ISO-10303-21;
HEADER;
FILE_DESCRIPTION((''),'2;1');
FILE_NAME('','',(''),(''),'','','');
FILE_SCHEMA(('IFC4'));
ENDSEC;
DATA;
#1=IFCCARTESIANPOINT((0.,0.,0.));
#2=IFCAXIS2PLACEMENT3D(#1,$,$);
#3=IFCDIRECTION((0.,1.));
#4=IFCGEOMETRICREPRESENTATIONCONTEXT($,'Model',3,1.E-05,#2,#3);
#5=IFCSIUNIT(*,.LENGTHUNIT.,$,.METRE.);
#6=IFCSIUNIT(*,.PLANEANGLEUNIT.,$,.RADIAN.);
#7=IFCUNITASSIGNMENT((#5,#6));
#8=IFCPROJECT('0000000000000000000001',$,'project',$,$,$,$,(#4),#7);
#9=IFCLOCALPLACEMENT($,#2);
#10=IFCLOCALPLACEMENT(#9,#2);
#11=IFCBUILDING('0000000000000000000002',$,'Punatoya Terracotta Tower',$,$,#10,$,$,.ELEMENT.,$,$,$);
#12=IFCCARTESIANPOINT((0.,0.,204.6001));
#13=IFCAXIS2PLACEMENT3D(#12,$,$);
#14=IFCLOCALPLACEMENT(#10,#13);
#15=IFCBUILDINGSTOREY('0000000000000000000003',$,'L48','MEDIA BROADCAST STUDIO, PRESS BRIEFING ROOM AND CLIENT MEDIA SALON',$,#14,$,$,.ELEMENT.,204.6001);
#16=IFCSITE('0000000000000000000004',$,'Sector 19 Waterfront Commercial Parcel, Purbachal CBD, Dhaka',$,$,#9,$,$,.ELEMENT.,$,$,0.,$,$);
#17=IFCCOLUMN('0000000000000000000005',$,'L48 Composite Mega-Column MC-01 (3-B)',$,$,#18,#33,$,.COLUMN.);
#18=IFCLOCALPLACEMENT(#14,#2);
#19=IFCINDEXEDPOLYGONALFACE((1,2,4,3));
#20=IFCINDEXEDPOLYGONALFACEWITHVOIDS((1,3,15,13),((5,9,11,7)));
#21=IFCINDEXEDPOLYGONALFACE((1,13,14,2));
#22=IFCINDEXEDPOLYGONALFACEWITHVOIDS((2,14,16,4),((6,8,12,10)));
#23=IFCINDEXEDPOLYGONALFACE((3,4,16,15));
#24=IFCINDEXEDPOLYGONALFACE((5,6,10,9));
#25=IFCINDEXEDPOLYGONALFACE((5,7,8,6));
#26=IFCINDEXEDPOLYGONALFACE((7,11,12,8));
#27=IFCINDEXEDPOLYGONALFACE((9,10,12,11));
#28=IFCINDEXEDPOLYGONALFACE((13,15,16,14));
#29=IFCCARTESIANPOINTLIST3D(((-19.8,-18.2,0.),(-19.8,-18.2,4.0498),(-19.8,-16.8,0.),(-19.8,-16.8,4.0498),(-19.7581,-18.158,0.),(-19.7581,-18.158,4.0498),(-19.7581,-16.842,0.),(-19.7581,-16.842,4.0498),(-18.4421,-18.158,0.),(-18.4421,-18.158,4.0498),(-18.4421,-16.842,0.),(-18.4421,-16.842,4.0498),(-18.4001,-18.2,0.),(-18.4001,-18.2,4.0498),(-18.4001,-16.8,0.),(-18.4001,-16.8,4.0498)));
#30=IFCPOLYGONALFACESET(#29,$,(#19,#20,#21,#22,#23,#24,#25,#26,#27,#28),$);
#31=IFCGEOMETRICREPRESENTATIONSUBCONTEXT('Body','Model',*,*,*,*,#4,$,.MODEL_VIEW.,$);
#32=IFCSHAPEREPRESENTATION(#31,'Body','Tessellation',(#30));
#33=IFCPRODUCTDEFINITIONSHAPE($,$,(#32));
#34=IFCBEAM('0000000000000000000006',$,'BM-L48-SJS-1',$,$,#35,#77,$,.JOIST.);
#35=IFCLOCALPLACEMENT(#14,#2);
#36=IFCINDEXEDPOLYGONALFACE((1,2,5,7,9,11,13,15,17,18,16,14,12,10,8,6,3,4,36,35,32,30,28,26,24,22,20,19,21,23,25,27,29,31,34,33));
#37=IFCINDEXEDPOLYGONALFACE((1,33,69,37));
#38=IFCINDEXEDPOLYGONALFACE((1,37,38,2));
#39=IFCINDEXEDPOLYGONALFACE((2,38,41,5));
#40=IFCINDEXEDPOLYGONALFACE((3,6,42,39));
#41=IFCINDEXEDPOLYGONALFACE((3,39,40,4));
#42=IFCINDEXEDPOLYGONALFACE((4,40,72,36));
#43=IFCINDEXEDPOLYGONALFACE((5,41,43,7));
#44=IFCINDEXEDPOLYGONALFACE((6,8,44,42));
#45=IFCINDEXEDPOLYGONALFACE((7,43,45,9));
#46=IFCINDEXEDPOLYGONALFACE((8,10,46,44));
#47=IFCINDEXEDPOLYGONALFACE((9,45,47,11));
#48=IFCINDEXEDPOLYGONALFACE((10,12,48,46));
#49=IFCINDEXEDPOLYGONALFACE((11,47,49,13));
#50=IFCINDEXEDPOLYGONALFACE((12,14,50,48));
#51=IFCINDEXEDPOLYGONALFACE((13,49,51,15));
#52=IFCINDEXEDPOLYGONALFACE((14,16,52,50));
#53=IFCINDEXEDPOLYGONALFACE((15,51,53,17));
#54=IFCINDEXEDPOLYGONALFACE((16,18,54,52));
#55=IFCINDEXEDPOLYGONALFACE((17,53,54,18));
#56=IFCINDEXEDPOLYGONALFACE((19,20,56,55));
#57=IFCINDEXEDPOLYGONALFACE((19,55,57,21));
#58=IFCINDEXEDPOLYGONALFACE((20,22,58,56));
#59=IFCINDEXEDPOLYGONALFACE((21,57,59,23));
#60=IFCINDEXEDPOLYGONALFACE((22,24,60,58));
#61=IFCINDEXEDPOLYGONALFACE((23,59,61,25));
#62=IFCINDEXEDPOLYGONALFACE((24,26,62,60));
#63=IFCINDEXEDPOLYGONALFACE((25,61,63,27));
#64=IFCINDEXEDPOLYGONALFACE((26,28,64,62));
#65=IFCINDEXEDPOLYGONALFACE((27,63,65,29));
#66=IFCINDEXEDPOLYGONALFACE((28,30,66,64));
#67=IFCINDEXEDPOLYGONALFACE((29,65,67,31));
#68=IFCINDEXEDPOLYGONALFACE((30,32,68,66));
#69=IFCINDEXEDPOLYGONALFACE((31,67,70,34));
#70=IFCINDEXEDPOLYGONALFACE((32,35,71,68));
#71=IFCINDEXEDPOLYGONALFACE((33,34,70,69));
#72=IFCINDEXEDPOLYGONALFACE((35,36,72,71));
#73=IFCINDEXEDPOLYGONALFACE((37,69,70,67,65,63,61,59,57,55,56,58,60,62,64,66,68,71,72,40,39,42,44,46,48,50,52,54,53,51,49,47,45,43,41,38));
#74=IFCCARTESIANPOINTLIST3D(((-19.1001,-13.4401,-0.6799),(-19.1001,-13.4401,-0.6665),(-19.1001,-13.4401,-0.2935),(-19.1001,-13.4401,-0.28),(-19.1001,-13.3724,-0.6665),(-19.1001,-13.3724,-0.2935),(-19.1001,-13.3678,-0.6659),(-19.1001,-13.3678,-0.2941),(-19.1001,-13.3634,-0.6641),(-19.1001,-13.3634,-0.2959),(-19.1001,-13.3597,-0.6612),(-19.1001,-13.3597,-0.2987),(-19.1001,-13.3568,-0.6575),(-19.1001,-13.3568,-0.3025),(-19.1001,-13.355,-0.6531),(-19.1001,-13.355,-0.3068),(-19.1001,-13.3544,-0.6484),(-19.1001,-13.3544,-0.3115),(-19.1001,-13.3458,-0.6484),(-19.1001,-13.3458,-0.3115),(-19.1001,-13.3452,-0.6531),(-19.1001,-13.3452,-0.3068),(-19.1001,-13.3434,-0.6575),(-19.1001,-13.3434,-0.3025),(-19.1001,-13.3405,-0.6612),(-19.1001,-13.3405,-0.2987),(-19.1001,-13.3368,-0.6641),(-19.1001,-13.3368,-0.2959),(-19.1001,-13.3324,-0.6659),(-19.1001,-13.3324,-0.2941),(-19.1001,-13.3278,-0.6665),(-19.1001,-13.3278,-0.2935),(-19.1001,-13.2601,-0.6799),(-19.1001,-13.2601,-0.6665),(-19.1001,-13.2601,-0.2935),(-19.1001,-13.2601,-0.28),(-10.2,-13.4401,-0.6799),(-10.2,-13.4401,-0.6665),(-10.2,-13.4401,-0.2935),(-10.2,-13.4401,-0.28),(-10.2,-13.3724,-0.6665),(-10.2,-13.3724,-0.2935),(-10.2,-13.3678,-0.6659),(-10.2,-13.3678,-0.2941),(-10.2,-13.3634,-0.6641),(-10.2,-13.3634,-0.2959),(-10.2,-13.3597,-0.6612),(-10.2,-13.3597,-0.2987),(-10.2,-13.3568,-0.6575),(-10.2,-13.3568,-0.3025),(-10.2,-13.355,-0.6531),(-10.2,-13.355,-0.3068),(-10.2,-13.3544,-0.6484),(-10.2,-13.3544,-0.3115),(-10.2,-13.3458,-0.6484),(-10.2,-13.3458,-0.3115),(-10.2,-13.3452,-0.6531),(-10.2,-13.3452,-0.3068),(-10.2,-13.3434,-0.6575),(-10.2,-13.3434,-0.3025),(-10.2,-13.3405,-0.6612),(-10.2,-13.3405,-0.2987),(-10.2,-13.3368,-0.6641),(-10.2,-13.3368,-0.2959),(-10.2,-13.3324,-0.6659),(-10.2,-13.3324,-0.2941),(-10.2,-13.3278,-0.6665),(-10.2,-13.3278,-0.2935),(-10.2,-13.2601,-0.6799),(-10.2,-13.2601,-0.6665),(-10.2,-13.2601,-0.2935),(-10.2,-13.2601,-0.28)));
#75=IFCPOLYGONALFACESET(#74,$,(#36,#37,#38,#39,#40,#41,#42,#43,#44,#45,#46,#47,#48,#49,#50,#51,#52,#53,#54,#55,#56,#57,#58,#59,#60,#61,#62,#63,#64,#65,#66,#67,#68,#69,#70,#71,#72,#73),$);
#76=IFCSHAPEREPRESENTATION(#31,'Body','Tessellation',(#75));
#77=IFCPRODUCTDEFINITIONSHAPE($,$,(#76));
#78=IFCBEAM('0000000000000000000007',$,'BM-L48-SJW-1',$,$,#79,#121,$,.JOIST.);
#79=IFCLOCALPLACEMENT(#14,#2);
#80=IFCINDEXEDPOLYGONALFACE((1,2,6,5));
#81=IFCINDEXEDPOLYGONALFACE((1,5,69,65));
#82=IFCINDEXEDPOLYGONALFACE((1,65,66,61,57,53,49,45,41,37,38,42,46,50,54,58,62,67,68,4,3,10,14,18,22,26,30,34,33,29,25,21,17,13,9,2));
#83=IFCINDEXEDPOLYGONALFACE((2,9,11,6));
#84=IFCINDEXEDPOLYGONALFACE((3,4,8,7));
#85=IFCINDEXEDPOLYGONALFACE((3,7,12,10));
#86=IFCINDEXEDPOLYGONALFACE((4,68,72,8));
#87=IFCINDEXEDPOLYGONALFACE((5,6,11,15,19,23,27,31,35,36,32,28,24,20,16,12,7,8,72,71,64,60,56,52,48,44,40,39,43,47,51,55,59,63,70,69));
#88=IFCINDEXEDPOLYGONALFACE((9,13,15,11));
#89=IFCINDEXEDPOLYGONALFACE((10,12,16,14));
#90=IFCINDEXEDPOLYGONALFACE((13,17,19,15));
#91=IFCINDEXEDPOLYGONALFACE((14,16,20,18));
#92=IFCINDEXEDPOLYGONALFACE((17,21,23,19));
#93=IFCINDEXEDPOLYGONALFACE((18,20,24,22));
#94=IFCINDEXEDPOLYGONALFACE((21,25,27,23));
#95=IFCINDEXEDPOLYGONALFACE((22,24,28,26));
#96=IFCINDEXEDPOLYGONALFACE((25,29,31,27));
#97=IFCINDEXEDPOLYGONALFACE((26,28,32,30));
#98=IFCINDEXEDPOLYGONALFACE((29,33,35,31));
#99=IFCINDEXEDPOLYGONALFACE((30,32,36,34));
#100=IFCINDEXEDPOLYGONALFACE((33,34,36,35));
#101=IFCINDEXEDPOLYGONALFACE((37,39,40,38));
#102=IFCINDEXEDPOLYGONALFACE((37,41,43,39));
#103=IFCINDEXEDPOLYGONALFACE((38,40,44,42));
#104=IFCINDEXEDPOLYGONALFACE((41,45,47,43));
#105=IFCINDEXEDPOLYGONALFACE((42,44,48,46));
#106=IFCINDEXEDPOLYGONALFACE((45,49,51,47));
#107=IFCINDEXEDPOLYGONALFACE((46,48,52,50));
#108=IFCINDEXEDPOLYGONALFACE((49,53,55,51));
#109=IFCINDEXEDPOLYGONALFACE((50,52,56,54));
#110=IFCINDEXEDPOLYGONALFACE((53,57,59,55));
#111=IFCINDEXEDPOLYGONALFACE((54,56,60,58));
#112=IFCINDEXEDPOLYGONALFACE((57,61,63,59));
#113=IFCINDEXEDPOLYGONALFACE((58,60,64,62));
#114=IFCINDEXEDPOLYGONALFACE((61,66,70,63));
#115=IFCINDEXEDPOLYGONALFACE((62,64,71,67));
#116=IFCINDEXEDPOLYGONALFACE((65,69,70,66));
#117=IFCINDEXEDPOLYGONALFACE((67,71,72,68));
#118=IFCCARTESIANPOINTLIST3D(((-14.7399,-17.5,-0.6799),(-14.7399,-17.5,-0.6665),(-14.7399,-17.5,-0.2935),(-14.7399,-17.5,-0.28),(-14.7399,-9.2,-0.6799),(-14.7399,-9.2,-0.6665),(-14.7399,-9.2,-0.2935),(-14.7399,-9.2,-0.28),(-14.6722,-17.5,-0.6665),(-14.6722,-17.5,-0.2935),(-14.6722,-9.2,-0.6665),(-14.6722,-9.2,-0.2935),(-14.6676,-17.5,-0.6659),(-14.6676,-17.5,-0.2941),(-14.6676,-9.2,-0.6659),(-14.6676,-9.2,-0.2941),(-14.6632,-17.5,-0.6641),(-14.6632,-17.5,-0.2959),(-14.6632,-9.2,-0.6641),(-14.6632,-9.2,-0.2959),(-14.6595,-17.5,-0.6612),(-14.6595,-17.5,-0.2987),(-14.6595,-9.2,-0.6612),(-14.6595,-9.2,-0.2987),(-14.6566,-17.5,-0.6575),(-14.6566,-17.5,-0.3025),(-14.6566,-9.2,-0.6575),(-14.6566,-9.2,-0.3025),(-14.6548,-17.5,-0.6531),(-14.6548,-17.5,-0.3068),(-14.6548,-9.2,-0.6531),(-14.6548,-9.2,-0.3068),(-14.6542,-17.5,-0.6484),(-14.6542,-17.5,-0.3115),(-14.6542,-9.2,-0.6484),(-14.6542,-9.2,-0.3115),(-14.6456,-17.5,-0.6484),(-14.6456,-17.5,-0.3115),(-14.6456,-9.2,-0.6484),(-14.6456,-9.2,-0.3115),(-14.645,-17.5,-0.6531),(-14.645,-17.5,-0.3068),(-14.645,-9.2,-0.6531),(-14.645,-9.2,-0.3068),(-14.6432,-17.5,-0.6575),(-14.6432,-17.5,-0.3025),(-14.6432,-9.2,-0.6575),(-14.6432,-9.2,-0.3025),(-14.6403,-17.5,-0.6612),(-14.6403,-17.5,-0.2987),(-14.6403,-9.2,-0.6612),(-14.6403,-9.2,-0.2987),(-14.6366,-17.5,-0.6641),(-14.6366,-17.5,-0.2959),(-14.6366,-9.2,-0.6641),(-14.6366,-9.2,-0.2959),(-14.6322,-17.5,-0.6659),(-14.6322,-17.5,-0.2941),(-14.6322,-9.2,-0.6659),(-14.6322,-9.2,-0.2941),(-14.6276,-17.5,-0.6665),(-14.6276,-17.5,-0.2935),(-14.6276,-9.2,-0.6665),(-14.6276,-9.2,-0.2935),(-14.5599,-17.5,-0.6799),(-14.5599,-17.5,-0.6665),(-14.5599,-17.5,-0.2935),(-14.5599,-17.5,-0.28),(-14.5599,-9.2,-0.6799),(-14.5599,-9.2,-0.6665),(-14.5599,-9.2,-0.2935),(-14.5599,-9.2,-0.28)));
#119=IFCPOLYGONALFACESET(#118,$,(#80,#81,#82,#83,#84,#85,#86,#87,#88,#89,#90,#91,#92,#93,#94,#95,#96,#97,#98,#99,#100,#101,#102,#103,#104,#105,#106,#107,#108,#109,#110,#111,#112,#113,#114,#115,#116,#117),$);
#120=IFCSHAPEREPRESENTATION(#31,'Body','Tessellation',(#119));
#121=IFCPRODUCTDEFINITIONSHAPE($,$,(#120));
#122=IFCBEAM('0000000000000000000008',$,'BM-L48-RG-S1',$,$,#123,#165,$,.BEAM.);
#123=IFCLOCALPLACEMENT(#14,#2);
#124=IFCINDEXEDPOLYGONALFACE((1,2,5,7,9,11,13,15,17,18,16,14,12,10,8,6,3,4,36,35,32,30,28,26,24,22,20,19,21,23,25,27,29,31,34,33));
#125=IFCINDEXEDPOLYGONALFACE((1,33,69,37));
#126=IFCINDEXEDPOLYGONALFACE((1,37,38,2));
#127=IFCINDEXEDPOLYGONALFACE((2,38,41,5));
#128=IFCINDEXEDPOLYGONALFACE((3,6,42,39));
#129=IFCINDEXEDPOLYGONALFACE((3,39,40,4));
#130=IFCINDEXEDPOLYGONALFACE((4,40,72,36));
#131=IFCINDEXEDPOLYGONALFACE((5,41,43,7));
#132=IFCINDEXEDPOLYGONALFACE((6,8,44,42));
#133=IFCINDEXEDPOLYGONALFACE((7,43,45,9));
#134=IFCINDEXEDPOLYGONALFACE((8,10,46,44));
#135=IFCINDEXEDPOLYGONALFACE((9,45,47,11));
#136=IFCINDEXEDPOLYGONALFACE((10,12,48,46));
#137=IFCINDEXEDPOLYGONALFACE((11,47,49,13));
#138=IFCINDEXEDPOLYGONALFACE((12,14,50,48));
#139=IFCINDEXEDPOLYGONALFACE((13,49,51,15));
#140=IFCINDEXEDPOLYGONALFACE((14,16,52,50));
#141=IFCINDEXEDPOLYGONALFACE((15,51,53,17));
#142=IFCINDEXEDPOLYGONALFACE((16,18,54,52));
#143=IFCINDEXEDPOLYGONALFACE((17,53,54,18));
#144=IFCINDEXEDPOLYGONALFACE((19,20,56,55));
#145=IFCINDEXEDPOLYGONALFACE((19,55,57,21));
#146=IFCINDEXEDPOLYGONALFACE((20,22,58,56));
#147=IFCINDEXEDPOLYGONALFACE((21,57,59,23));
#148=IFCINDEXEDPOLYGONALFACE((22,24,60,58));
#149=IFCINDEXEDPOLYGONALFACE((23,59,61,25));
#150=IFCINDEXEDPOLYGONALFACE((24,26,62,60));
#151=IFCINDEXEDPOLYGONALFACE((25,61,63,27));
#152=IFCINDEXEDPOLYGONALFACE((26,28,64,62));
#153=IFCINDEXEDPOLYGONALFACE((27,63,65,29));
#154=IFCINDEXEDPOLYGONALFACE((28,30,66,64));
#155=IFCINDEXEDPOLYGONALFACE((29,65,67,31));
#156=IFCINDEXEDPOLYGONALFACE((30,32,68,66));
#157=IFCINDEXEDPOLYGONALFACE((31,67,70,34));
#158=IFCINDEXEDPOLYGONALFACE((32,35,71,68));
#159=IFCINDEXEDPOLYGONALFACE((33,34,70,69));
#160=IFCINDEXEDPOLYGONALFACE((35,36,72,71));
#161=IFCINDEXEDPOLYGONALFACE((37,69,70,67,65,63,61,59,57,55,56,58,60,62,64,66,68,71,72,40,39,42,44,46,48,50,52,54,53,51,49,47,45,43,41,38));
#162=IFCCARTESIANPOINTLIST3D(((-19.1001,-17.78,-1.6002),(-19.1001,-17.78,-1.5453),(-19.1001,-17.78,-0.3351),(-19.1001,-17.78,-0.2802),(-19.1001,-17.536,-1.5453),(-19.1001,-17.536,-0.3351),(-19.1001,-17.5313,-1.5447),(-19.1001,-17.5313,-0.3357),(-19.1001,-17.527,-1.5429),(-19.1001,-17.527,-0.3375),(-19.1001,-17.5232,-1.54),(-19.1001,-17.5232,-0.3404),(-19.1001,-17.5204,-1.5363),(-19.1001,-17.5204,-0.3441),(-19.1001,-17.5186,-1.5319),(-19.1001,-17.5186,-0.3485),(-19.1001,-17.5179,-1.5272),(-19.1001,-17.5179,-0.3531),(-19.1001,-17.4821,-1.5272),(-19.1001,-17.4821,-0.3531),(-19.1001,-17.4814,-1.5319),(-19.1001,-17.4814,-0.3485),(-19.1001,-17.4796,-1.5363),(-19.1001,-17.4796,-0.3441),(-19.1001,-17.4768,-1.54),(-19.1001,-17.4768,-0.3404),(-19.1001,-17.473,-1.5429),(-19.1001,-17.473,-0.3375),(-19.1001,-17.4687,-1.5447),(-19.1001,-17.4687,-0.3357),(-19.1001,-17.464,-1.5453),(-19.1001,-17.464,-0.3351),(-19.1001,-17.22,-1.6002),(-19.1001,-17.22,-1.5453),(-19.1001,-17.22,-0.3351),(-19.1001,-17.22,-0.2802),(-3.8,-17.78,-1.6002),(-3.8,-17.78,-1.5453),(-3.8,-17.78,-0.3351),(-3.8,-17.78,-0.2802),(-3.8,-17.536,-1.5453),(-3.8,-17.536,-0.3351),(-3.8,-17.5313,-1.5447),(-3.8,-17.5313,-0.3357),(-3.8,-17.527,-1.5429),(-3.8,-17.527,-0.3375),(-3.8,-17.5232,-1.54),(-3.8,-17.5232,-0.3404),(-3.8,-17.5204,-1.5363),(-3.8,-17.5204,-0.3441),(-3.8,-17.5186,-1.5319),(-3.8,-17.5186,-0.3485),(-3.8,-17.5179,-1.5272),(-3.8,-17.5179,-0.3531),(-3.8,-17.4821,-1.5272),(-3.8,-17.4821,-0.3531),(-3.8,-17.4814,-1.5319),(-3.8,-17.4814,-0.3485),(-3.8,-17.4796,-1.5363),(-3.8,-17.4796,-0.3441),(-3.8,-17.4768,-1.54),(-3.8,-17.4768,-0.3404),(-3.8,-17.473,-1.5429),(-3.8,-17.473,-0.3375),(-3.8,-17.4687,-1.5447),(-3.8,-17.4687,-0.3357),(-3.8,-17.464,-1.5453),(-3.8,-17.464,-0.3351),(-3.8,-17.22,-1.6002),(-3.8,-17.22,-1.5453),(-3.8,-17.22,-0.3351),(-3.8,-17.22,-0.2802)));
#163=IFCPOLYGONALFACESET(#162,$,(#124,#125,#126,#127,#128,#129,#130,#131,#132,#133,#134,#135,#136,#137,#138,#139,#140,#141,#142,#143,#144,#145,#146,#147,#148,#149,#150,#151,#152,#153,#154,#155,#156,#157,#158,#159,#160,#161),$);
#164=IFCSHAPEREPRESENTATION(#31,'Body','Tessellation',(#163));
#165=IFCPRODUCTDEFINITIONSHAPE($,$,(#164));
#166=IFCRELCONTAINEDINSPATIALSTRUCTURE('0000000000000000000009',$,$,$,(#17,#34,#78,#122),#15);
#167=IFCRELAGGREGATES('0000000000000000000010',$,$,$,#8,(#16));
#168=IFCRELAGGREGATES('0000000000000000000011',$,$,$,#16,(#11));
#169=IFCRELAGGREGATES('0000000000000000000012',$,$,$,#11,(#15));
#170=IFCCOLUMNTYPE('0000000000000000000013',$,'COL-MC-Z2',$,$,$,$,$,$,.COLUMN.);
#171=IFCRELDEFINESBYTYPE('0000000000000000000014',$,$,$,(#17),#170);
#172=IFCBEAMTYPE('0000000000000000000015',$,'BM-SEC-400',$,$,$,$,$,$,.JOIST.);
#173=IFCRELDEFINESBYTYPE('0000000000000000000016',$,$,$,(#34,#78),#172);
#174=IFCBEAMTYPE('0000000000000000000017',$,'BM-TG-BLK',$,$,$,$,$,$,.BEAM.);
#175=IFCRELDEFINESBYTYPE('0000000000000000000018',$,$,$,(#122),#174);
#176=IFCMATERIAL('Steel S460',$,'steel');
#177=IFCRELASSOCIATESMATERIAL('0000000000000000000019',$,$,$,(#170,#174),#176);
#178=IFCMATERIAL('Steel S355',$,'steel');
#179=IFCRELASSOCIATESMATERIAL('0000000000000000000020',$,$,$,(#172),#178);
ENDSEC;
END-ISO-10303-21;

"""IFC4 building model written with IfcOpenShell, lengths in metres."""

from ifc_helpers import new_model, si_unit, direction, frame, origin, origin_2d, place, context, subcontext, project, spatial, hollow_rectangle, i_section, extrude, material, material_profile, profile_set, type_object, element, save


model = new_model("IFC4")

# Units and contexts
model_context = context("Model", 3, precision=1e-05, world=origin(), true_north=direction((0.0, 1.0)))
body_context = subcontext(model_context, "Body", "Model", "MODEL_VIEW")
ifc_project = project(units=[si_unit("LENGTHUNIT", "METRE"), si_unit("PLANEANGLEUNIT", "RADIAN")], contexts=[model_context])

# Site, building, storey
site_placement = place(None, origin())
site = spatial("IfcSite", under=ifc_project, at=site_placement, Name="Sector 19 Waterfront Commercial Parcel, Purbachal CBD, Dhaka", CompositionType="ELEMENT", RefElevation=0.0)
building_placement = place(site_placement, origin())
building = spatial("IfcBuilding", under=site, at=building_placement, Name="Punatoya Terracotta Tower", CompositionType="ELEMENT")
storey_placement = place(building_placement, frame((0.0, 0.0, 204.6001)))
storey = spatial("IfcBuildingStorey", under=building, at=storey_placement, Name="L48", Description="MEDIA BROADCAST STUDIO, PRESS BRIEFING ROOM AND CLIENT MEDIA SALON", CompositionType="ELEMENT", Elevation=204.6001)

# Column
ifc_material_1 = material(Name="Steel S460", Category="steel")
ifc_material_profile_1 = material_profile(ifc_material_1, hollow_rectangle(XDim=1.3999, YDim=1.3999, WallThickness=0.042, at=origin_2d()))
ifc_profile_set_1 = profile_set([ifc_material_profile_1], Name="Steel S460")
column_type = type_object("IfcColumnType", Name="COL-MC-Z2", PredefinedType="COLUMN", material=ifc_profile_set_1)
column_placement = place(storey_placement, frame((-19.1001, -17.5, 0.0), z_axis=(0.0, 0.0, 1.0), x_axis=(1.0, 0.0, 0.0)))
element("IfcColumn", 1, at=column_placement, inside=storey, type_object=column_type, Name="L48 Composite Mega-Column MC-01 (3-B)", PredefinedType="COLUMN", context=body_context, shape_type="SweptSolid", body=[
    extrude(hollow_rectangle(XDim=1.3999, YDim=1.3999, WallThickness=0.042, at=origin_2d()), origin(), (0.0, 0.0, 1.0), 4.0498),
])

# Beams
ifc_material_2 = material(Name="Steel S355", Category="steel")
ifc_material_profile_2 = material_profile(ifc_material_2, i_section(OverallWidth=0.1799, OverallDepth=0.3999, WebThickness=0.0085, FlangeThickness=0.0134, FilletRadius=0.0181, at=origin_2d()))
ifc_profile_set_2 = profile_set([ifc_material_profile_2], Name="Steel S355")
beam_type_1 = type_object("IfcBeamType", Name="BM-SEC-400", PredefinedType="JOIST", material=ifc_profile_set_2)
beam_1_placement = place(storey_placement, frame((-19.1001, -13.3501, -0.48), z_axis=(1.0, 0.0, 0.0), x_axis=(0.0, 1.0, 0.0)))
element("IfcBeam", 2, at=beam_1_placement, inside=storey, type_object=beam_type_1, Name="BM-L48-SJS-1", PredefinedType="JOIST", context=body_context, shape_type="SweptSolid", body=[
    extrude(i_section(OverallWidth=0.1799, OverallDepth=0.3999, WebThickness=0.0085, FlangeThickness=0.0134, FilletRadius=0.0181, at=origin_2d()), origin(), (0.0, 0.0, 1.0), 8.9001),
])
beam_2_placement = place(storey_placement, frame((-14.6499, -17.5, -0.48), z_axis=(0.0, 1.0, 0.0), x_axis=(-1.0, 0.0, 0.0)))
element("IfcBeam", 3, at=beam_2_placement, inside=storey, type_object=beam_type_1, Name="BM-L48-SJW-1", PredefinedType="JOIST", context=body_context, shape_type="SweptSolid", body=[
    extrude(i_section(OverallWidth=0.1799, OverallDepth=0.3999, WebThickness=0.0085, FlangeThickness=0.0134, FilletRadius=0.0181, at=origin_2d()), origin(), (0.0, 0.0, 1.0), 8.3),
])
ifc_material_profile_3 = material_profile(ifc_material_1, i_section(OverallWidth=0.5601, OverallDepth=1.3201, WebThickness=0.0359, FlangeThickness=0.0549, FilletRadius=0.0181, at=origin_2d()))
ifc_profile_set_3 = profile_set([ifc_material_profile_3], Name="Steel S460")
beam_type_2 = type_object("IfcBeamType", Name="BM-TG-BLK", PredefinedType="BEAM", material=ifc_profile_set_3)
beam_3_placement = place(storey_placement, frame((-19.1001, -17.5, -0.9402), z_axis=(1.0, 0.0, 0.0), x_axis=(0.0, 1.0, 0.0)))
element("IfcBeam", 4, at=beam_3_placement, inside=storey, type_object=beam_type_2, Name="BM-L48-RG-S1", PredefinedType="BEAM", context=body_context, shape_type="SweptSolid", body=[
    extrude(i_section(OverallWidth=0.5601, OverallDepth=1.3201, WebThickness=0.0359, FlangeThickness=0.0549, FilletRadius=0.0181, at=origin_2d()), origin(), (0.0, 0.0, 1.0), 15.3),
])

save(model, "model.ifc")
